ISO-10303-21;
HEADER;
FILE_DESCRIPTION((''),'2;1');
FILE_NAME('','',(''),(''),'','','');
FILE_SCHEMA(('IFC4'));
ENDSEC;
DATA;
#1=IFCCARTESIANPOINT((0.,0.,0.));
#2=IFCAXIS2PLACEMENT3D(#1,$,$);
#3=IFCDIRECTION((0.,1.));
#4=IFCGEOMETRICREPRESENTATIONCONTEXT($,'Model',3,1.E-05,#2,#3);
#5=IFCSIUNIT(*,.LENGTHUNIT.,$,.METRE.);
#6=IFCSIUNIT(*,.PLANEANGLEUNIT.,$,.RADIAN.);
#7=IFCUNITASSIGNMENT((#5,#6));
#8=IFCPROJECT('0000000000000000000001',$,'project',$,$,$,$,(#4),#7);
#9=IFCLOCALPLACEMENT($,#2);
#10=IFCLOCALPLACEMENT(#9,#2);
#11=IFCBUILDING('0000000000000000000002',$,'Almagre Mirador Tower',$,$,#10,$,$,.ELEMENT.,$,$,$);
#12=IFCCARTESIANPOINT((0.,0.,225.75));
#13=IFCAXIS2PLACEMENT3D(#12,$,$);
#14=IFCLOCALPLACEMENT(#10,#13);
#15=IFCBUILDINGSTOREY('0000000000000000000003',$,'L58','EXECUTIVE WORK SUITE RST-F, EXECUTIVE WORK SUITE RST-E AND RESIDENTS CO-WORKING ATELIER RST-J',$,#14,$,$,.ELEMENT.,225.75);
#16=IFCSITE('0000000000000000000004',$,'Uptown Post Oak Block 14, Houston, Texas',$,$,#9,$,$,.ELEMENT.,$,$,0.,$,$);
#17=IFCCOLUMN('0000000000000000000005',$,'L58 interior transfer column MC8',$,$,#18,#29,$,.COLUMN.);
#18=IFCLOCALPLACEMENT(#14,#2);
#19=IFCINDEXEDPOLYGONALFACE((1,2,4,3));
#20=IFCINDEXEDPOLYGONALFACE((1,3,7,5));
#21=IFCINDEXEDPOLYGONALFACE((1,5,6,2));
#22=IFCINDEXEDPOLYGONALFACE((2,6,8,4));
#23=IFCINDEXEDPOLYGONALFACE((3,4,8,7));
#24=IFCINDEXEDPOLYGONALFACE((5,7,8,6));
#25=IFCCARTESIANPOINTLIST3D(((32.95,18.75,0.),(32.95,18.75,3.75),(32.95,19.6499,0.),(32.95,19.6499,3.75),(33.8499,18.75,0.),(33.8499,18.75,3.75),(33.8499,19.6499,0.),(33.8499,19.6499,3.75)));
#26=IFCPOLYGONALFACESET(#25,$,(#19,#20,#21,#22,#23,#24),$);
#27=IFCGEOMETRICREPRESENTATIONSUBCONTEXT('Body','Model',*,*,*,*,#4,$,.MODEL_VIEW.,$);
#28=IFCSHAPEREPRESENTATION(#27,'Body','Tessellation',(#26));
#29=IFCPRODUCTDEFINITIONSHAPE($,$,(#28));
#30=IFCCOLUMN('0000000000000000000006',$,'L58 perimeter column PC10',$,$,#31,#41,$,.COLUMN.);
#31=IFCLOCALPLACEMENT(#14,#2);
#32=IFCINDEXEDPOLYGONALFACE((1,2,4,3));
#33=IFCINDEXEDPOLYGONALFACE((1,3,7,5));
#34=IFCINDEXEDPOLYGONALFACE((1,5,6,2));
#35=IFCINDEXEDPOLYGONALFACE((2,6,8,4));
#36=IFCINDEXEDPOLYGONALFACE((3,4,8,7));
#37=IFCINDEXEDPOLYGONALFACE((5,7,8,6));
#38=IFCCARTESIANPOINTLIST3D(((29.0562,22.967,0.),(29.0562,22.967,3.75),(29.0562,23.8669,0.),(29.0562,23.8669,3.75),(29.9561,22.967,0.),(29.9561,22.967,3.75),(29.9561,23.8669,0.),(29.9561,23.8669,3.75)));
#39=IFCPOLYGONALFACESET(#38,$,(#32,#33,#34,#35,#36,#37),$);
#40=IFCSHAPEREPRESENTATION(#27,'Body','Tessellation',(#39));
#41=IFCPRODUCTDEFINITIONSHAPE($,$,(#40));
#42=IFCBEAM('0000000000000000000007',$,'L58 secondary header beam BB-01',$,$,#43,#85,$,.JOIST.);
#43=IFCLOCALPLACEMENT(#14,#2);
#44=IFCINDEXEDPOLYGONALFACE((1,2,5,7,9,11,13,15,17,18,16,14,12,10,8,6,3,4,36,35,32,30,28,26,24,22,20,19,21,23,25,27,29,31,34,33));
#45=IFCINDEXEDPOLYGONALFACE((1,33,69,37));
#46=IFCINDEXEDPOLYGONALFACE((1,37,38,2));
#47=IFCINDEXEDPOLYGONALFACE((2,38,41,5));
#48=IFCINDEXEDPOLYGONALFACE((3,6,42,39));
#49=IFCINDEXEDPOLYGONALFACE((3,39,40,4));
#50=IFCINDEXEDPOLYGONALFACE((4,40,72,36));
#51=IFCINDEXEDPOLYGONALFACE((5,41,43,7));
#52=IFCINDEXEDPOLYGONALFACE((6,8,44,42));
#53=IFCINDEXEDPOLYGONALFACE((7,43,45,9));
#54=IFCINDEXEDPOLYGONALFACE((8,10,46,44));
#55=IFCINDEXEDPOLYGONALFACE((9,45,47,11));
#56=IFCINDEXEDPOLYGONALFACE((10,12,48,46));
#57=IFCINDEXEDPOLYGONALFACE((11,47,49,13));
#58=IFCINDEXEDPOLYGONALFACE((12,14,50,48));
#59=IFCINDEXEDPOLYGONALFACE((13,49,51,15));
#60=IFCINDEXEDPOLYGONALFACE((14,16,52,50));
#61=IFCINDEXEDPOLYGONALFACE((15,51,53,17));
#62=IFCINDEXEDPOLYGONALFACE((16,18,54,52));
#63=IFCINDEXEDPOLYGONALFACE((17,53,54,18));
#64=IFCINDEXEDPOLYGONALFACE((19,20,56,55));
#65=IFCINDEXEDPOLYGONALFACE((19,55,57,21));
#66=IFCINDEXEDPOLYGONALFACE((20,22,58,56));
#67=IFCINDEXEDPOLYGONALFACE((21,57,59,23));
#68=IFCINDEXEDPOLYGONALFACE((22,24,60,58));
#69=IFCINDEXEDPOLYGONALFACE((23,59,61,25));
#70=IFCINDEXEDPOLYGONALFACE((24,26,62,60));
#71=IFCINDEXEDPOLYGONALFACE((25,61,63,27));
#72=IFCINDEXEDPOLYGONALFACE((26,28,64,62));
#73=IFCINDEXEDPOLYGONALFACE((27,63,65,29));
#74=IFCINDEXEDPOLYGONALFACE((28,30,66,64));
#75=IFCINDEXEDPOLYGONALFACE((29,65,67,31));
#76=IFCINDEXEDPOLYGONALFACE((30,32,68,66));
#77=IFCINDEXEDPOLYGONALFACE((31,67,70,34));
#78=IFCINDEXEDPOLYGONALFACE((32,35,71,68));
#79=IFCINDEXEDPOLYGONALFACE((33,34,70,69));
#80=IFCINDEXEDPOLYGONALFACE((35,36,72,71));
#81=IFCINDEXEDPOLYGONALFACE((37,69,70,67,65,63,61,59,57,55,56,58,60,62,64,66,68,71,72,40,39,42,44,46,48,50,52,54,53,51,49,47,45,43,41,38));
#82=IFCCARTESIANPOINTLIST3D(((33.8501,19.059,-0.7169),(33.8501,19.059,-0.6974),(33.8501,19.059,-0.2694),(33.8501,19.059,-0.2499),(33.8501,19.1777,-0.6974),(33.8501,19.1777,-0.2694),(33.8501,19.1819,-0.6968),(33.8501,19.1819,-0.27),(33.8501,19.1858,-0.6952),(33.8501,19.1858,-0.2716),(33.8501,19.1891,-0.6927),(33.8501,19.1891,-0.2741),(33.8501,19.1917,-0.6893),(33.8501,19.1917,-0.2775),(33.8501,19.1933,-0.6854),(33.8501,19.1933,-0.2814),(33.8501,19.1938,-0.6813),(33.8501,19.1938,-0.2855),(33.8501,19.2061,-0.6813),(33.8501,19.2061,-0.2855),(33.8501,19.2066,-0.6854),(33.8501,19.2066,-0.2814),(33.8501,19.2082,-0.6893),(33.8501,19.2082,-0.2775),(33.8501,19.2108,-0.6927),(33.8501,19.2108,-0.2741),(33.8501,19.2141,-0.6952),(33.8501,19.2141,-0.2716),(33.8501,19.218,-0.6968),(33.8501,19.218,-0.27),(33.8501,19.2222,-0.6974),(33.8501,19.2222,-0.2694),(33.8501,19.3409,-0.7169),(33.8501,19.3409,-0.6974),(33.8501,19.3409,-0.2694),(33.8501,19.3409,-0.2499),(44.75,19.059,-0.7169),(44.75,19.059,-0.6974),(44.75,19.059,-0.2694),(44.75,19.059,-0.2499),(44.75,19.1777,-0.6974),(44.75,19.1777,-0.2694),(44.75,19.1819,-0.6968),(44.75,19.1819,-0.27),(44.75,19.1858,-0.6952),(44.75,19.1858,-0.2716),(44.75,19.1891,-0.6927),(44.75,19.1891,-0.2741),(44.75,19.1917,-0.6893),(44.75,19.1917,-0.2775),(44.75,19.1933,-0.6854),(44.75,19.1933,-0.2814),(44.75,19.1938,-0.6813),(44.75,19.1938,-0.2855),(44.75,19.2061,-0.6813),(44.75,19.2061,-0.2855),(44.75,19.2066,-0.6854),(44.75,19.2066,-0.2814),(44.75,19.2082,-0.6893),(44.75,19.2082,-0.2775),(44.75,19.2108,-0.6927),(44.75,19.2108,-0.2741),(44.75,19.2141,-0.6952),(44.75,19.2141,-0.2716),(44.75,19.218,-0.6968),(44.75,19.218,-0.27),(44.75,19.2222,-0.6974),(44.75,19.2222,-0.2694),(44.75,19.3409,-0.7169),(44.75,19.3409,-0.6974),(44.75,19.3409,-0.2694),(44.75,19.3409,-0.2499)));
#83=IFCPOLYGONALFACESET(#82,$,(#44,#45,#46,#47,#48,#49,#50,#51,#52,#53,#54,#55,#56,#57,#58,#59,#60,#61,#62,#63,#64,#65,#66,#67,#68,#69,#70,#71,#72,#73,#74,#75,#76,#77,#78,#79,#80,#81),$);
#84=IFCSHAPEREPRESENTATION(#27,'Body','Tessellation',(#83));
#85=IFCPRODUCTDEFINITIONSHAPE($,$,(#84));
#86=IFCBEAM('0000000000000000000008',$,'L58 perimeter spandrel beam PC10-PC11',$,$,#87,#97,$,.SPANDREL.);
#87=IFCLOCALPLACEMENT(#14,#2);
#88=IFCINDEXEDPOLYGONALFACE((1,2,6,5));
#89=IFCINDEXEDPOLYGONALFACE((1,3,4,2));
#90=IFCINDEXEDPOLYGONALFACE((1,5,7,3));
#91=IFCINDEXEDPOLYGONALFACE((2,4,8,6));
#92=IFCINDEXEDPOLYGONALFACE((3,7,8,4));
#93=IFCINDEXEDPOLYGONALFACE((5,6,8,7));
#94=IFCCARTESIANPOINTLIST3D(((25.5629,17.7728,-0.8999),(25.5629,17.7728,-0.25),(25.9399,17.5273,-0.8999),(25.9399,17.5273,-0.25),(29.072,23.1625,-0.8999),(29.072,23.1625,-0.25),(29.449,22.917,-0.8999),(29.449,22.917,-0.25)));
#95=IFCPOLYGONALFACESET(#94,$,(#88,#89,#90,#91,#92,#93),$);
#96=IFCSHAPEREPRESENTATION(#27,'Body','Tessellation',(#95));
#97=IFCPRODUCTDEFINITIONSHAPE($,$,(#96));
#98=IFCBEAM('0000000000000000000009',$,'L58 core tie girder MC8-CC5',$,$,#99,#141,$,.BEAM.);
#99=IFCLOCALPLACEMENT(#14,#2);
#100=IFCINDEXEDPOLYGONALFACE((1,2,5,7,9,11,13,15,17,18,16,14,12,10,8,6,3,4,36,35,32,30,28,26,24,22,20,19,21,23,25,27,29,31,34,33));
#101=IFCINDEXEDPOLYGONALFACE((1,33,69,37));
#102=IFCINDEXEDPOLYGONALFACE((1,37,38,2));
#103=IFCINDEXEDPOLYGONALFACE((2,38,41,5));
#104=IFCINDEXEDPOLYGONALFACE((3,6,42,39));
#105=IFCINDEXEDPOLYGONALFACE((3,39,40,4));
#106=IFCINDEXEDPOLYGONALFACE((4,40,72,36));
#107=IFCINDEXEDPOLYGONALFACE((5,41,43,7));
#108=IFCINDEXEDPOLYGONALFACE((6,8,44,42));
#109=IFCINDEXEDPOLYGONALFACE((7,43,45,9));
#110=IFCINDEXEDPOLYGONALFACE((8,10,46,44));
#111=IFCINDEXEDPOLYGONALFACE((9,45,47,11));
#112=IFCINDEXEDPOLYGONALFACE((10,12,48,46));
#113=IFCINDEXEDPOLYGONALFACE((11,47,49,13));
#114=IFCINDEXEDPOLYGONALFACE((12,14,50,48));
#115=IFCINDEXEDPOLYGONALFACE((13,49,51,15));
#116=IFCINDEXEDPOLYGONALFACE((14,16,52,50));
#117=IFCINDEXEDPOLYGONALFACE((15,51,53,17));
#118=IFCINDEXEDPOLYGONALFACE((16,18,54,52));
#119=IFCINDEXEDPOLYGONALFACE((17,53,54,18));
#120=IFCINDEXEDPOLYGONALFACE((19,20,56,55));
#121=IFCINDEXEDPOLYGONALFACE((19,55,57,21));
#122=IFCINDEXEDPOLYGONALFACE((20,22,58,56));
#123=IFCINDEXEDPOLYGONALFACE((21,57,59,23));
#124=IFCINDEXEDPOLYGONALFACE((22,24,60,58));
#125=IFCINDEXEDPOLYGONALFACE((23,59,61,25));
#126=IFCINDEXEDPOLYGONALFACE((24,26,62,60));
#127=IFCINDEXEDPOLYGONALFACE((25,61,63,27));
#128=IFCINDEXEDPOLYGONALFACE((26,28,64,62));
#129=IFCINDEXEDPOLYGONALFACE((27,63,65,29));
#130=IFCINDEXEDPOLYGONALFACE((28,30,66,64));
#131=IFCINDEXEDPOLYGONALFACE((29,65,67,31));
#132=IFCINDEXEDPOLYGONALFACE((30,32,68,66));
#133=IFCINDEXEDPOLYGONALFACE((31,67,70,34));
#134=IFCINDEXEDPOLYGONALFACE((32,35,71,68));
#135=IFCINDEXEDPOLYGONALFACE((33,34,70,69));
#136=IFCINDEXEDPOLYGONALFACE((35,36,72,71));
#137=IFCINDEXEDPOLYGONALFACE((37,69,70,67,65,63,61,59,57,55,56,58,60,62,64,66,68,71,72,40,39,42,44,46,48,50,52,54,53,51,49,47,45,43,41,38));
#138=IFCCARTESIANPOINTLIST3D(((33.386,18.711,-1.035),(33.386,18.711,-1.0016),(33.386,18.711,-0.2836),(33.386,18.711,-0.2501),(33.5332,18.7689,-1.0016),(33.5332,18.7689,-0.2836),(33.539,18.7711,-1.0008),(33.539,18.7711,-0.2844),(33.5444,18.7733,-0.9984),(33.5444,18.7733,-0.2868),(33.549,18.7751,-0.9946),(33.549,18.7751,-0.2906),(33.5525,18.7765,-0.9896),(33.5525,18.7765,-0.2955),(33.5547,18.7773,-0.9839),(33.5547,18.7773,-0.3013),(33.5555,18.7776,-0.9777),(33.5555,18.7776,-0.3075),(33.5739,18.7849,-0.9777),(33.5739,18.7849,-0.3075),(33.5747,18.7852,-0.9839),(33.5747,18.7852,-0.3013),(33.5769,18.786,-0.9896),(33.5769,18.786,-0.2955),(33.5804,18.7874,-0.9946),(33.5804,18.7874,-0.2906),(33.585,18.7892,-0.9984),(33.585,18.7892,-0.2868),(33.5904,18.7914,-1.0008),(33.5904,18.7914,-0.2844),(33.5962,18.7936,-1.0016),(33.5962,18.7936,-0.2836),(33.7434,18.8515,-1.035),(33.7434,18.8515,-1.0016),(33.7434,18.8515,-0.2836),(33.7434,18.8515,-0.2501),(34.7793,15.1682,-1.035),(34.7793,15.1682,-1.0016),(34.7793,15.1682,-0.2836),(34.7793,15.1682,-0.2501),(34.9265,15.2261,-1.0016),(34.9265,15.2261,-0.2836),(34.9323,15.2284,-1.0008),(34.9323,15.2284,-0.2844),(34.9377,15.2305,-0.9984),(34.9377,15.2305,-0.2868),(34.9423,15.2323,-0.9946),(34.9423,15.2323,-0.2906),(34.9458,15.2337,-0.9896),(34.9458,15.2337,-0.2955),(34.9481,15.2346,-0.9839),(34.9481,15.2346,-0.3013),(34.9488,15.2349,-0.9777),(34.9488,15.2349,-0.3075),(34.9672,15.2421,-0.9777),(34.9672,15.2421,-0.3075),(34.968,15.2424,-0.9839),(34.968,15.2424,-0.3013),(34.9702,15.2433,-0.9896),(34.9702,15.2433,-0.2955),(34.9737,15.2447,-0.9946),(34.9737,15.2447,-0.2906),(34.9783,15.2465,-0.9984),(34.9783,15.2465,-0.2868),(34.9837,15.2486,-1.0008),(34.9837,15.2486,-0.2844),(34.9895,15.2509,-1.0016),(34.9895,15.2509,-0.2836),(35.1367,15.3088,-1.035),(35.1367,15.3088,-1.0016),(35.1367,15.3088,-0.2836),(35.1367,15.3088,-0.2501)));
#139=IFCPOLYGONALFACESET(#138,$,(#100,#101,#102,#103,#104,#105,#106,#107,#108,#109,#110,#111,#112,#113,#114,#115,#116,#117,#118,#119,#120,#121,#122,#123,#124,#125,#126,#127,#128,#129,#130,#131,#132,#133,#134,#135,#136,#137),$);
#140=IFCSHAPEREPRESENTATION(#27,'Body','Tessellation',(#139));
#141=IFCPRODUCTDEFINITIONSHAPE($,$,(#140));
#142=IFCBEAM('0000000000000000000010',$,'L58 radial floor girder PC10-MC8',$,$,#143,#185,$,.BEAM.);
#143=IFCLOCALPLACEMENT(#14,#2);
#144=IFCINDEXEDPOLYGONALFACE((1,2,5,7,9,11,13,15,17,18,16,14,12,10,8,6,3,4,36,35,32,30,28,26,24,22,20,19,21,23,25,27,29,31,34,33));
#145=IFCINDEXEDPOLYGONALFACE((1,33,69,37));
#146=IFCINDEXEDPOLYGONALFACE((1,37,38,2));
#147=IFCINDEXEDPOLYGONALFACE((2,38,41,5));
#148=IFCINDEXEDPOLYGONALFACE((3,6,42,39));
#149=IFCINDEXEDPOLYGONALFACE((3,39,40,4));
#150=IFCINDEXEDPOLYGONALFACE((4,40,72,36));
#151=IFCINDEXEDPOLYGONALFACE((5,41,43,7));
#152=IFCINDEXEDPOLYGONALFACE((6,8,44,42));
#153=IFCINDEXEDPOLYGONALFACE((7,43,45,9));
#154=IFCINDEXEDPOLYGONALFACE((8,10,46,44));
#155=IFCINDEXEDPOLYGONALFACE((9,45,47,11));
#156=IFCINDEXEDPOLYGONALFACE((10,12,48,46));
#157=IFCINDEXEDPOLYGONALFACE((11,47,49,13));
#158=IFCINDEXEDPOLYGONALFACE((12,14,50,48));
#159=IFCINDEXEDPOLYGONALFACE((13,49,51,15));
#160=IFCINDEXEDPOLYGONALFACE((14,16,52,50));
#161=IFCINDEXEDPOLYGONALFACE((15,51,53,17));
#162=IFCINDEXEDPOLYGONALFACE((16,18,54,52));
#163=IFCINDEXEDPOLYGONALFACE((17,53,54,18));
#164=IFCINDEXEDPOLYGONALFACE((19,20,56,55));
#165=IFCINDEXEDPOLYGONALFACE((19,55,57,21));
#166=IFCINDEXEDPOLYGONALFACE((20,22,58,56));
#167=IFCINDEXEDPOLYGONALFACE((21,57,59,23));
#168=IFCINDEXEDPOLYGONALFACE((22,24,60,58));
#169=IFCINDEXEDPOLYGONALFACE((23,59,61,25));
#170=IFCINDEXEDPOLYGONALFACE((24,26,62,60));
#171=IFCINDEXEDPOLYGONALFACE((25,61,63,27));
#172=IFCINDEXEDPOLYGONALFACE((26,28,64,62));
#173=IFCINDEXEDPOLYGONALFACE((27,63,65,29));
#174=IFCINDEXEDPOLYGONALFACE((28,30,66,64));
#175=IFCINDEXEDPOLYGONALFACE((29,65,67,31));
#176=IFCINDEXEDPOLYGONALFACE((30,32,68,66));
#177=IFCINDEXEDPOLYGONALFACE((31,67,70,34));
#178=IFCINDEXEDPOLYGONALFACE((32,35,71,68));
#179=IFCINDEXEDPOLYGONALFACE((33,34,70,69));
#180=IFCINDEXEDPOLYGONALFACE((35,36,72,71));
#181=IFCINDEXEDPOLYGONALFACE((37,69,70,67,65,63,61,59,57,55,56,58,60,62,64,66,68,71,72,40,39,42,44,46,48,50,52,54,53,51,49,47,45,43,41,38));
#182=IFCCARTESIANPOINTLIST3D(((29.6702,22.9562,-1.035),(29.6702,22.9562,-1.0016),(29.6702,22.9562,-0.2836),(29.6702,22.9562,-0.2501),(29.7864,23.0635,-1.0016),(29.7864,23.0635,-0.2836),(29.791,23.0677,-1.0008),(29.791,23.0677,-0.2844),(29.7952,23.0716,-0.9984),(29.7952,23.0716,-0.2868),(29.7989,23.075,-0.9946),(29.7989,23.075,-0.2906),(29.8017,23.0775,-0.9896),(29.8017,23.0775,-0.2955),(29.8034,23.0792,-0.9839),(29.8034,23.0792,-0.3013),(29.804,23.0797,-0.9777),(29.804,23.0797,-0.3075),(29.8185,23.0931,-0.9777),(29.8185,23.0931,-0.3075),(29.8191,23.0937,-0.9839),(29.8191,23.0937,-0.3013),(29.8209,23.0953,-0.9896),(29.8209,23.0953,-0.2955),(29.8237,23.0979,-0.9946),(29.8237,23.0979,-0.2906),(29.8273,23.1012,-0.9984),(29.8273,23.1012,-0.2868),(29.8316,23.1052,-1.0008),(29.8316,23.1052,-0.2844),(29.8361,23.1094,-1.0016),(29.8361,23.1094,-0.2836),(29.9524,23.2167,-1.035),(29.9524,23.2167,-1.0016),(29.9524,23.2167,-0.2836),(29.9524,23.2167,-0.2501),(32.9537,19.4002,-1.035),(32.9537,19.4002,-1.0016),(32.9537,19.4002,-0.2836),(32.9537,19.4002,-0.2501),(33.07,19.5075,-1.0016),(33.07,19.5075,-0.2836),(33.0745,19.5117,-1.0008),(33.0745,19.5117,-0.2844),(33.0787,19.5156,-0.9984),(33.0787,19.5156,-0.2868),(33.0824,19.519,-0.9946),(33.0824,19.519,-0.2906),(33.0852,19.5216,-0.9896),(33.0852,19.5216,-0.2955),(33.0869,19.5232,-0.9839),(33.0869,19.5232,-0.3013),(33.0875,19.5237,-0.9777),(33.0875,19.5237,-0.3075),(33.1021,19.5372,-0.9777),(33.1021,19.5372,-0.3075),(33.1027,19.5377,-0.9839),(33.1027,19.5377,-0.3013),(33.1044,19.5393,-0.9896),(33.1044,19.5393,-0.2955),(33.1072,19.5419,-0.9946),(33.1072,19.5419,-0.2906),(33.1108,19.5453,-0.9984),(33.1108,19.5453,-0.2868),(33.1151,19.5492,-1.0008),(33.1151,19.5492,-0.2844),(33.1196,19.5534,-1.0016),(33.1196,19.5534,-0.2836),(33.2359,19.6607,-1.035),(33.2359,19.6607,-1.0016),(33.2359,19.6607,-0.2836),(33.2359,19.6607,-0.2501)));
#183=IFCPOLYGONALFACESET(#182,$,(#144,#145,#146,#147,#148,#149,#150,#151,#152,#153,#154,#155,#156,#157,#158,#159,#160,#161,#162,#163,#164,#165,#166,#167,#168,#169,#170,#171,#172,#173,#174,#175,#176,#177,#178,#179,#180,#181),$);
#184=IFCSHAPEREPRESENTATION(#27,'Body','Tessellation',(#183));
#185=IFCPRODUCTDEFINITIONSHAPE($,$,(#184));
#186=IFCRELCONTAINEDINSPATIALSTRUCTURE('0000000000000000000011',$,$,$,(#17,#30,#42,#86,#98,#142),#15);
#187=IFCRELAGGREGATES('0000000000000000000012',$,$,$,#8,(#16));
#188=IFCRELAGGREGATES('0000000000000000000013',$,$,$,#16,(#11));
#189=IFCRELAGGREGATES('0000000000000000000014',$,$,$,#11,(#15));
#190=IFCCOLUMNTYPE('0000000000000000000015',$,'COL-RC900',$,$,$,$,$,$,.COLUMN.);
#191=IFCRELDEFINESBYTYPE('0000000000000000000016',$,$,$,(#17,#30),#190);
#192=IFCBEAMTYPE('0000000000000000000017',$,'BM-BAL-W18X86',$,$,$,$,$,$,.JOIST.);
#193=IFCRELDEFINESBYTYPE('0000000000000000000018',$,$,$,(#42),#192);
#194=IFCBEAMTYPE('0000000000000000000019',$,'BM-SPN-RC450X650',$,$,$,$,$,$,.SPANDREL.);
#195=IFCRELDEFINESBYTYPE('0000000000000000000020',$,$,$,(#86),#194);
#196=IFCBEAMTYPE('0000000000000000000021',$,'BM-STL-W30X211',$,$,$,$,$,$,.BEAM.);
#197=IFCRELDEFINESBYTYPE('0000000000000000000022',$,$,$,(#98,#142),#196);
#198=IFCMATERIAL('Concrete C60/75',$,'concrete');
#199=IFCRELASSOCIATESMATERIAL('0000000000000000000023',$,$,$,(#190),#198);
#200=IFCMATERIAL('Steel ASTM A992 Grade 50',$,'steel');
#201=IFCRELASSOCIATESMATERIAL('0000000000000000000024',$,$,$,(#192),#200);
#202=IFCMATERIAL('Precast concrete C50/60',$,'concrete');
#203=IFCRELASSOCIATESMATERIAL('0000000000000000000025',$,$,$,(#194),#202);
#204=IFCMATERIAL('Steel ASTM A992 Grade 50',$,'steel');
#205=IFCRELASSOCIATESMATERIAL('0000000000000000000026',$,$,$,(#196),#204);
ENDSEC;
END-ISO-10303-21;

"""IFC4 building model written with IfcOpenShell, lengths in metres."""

from ifc_helpers import new_model, si_unit, direction, frame, origin, origin_2d, place, context, subcontext, project, spatial, rectangle, i_section, extrude, material, material_profile, profile_set, type_object, element, save


model = new_model("IFC4")

# Units and contexts
model_context = context("Model", 3, precision=1e-05, world=origin(), true_north=direction((0.0, 1.0)))
body_context = subcontext(model_context, "Body", "Model", "MODEL_VIEW")
ifc_project = project(units=[si_unit("LENGTHUNIT", "METRE"), si_unit("PLANEANGLEUNIT", "RADIAN")], contexts=[model_context])

# Site, building, storey
site_placement = place(None, origin())
site = spatial("IfcSite", under=ifc_project, at=site_placement, Name="Uptown Post Oak Block 14, Houston, Texas", CompositionType="ELEMENT", RefElevation=0.0)
building_placement = place(site_placement, origin())
building = spatial("IfcBuilding", under=site, at=building_placement, Name="Almagre Mirador Tower", CompositionType="ELEMENT")
storey_placement = place(building_placement, frame((0.0, 0.0, 225.75)))
storey = spatial("IfcBuildingStorey", under=building, at=storey_placement, Name="L58", Description="EXECUTIVE WORK SUITE RST-F, EXECUTIVE WORK SUITE RST-E AND RESIDENTS CO-WORKING ATELIER RST-J", CompositionType="ELEMENT", Elevation=225.75)

# Columns
ifc_material_1 = material(Name="Concrete C60/75", Category="concrete")
ifc_material_profile_1 = material_profile(ifc_material_1, rectangle(XDim=0.8999, YDim=0.8999, at=origin_2d()), Name="RC900X900")
ifc_profile_set_1 = profile_set([ifc_material_profile_1], Name="Concrete C60/75")
column_type = type_object("IfcColumnType", Name="COL-RC900", PredefinedType="COLUMN", material=ifc_profile_set_1)
for number, where, z_axis, x_axis, name in (
    (1, (33.3999, 19.2, 0.0), (0.0, 0.0, 1.0), (1.0, 0.0, 0.0), "L58 interior transfer column MC8"),
    (2, (29.5061, 23.417, 0.0), (0.0, 0.0, 1.0), (1.0, 0.0, 0.0), "L58 perimeter column PC10"),
):
    element("IfcColumn", number, at=place(storey_placement, frame(where, z_axis=z_axis, x_axis=x_axis)), inside=storey, type_object=column_type, Name=name, PredefinedType="COLUMN", context=body_context, shape_type="SweptSolid", body=[
        extrude(rectangle(XDim=0.8999, YDim=0.8999, at=origin_2d()), origin(), (0.0, 0.0, 1.0), 3.75),
    ])

# Beams
ifc_material_2 = material(Name="Steel ASTM A992 Grade 50", Category="steel")
ifc_material_profile_2 = material_profile(ifc_material_2, i_section(OverallWidth=0.282, OverallDepth=0.467, WebThickness=0.0122, FlangeThickness=0.0195, FilletRadius=0.0161, at=origin_2d()), Name="W18X86")
ifc_profile_set_2 = profile_set([ifc_material_profile_2], Name="Steel ASTM A992 Grade 50")
beam_type_1 = type_object("IfcBeamType", Name="BM-BAL-W18X86", PredefinedType="JOIST", material=ifc_profile_set_2)
beam_1_placement = place(storey_placement, frame((33.8501, 19.2, -0.4834), z_axis=(1.0, 0.0, 0.0), x_axis=(0.0, 1.0, 0.0)))
element("IfcBeam", 3, at=beam_1_placement, inside=storey, type_object=beam_type_1, Name="L58 secondary header beam BB-01", PredefinedType="JOIST", context=body_context, shape_type="SweptSolid", body=[
    extrude(i_section(OverallWidth=0.282, OverallDepth=0.467, WebThickness=0.0122, FlangeThickness=0.0195, FilletRadius=0.0161, at=origin_2d()), origin(), (0.0, 0.0, 1.0), 10.8999),
])
ifc_material_3 = material(Name="Precast concrete C50/60", Category="concrete")
ifc_material_profile_3 = material_profile(ifc_material_3, rectangle(XDim=0.45, YDim=0.6499, at=origin_2d()), Name="RC450X650")
ifc_profile_set_3 = profile_set([ifc_material_profile_3], Name="Precast concrete C50/60")
beam_type_2 = type_object("IfcBeamType", Name="BM-SPN-RC450X650", PredefinedType="SPANDREL", material=ifc_profile_set_3)
beam_2_placement = place(storey_placement, frame((29.2605, 23.0398, -0.575), z_axis=(-0.545618, -0.838034, 0.0), x_axis=(0.838034, -0.545618, 0.0)))
element("IfcBeam", 4, at=beam_2_placement, inside=storey, type_object=beam_type_2, Name="L58 perimeter spandrel beam PC10-PC11", PredefinedType="SPANDREL", context=body_context, shape_type="SweptSolid", body=[
    extrude(rectangle(XDim=0.45, YDim=0.6499, at=origin_2d()), origin(), (0.0, 0.0, 1.0), 6.4314),
])
ifc_material_4 = material(Name="Steel ASTM A992 Grade 50", Category="steel")
ifc_material_profile_4 = material_profile(ifc_material_4, i_section(OverallWidth=0.384, OverallDepth=0.7849, WebThickness=0.0198, FlangeThickness=0.0334, FilletRadius=0.0239, at=origin_2d()), Name="W30X211")
ifc_profile_set_4 = profile_set([ifc_material_profile_4], Name="Steel ASTM A992 Grade 50")
beam_type_3 = type_object("IfcBeamType", Name="BM-STL-W30X211", PredefinedType="BEAM", material=ifc_profile_set_4)
beam_3_placement = place(storey_placement, frame((33.5647, 18.7812, -0.6426), z_axis=(0.366, -0.930615, 0.0), x_axis=(0.930615, 0.366, 0.0)))
element("IfcBeam", 5, at=beam_3_placement, inside=storey, type_object=beam_type_3, Name="L58 core tie girder MC8-CC5", PredefinedType="BEAM", context=body_context, shape_type="SweptSolid", body=[
    extrude(i_section(OverallWidth=0.384, OverallDepth=0.7849, WebThickness=0.0198, FlangeThickness=0.0334, FilletRadius=0.0239, at=origin_2d()), origin(), (0.0, 0.0, 1.0), 3.8069),
])
beam_4_placement = place(storey_placement, frame((29.8113, 23.0864, -0.6426), z_axis=(0.6784, -0.734693, 0.0), x_axis=(0.734693, 0.6784, 0.0)))
element("IfcBeam", 6, at=beam_4_placement, inside=storey, type_object=beam_type_3, Name="L58 radial floor girder PC10-MC8", PredefinedType="BEAM", context=body_context, shape_type="SweptSolid", body=[
    extrude(i_section(OverallWidth=0.384, OverallDepth=0.7849, WebThickness=0.0198, FlangeThickness=0.0334, FilletRadius=0.0239, at=origin_2d()), origin(), (0.0, 0.0, 1.0), 4.8401),
])

save(model, "model.ifc")
